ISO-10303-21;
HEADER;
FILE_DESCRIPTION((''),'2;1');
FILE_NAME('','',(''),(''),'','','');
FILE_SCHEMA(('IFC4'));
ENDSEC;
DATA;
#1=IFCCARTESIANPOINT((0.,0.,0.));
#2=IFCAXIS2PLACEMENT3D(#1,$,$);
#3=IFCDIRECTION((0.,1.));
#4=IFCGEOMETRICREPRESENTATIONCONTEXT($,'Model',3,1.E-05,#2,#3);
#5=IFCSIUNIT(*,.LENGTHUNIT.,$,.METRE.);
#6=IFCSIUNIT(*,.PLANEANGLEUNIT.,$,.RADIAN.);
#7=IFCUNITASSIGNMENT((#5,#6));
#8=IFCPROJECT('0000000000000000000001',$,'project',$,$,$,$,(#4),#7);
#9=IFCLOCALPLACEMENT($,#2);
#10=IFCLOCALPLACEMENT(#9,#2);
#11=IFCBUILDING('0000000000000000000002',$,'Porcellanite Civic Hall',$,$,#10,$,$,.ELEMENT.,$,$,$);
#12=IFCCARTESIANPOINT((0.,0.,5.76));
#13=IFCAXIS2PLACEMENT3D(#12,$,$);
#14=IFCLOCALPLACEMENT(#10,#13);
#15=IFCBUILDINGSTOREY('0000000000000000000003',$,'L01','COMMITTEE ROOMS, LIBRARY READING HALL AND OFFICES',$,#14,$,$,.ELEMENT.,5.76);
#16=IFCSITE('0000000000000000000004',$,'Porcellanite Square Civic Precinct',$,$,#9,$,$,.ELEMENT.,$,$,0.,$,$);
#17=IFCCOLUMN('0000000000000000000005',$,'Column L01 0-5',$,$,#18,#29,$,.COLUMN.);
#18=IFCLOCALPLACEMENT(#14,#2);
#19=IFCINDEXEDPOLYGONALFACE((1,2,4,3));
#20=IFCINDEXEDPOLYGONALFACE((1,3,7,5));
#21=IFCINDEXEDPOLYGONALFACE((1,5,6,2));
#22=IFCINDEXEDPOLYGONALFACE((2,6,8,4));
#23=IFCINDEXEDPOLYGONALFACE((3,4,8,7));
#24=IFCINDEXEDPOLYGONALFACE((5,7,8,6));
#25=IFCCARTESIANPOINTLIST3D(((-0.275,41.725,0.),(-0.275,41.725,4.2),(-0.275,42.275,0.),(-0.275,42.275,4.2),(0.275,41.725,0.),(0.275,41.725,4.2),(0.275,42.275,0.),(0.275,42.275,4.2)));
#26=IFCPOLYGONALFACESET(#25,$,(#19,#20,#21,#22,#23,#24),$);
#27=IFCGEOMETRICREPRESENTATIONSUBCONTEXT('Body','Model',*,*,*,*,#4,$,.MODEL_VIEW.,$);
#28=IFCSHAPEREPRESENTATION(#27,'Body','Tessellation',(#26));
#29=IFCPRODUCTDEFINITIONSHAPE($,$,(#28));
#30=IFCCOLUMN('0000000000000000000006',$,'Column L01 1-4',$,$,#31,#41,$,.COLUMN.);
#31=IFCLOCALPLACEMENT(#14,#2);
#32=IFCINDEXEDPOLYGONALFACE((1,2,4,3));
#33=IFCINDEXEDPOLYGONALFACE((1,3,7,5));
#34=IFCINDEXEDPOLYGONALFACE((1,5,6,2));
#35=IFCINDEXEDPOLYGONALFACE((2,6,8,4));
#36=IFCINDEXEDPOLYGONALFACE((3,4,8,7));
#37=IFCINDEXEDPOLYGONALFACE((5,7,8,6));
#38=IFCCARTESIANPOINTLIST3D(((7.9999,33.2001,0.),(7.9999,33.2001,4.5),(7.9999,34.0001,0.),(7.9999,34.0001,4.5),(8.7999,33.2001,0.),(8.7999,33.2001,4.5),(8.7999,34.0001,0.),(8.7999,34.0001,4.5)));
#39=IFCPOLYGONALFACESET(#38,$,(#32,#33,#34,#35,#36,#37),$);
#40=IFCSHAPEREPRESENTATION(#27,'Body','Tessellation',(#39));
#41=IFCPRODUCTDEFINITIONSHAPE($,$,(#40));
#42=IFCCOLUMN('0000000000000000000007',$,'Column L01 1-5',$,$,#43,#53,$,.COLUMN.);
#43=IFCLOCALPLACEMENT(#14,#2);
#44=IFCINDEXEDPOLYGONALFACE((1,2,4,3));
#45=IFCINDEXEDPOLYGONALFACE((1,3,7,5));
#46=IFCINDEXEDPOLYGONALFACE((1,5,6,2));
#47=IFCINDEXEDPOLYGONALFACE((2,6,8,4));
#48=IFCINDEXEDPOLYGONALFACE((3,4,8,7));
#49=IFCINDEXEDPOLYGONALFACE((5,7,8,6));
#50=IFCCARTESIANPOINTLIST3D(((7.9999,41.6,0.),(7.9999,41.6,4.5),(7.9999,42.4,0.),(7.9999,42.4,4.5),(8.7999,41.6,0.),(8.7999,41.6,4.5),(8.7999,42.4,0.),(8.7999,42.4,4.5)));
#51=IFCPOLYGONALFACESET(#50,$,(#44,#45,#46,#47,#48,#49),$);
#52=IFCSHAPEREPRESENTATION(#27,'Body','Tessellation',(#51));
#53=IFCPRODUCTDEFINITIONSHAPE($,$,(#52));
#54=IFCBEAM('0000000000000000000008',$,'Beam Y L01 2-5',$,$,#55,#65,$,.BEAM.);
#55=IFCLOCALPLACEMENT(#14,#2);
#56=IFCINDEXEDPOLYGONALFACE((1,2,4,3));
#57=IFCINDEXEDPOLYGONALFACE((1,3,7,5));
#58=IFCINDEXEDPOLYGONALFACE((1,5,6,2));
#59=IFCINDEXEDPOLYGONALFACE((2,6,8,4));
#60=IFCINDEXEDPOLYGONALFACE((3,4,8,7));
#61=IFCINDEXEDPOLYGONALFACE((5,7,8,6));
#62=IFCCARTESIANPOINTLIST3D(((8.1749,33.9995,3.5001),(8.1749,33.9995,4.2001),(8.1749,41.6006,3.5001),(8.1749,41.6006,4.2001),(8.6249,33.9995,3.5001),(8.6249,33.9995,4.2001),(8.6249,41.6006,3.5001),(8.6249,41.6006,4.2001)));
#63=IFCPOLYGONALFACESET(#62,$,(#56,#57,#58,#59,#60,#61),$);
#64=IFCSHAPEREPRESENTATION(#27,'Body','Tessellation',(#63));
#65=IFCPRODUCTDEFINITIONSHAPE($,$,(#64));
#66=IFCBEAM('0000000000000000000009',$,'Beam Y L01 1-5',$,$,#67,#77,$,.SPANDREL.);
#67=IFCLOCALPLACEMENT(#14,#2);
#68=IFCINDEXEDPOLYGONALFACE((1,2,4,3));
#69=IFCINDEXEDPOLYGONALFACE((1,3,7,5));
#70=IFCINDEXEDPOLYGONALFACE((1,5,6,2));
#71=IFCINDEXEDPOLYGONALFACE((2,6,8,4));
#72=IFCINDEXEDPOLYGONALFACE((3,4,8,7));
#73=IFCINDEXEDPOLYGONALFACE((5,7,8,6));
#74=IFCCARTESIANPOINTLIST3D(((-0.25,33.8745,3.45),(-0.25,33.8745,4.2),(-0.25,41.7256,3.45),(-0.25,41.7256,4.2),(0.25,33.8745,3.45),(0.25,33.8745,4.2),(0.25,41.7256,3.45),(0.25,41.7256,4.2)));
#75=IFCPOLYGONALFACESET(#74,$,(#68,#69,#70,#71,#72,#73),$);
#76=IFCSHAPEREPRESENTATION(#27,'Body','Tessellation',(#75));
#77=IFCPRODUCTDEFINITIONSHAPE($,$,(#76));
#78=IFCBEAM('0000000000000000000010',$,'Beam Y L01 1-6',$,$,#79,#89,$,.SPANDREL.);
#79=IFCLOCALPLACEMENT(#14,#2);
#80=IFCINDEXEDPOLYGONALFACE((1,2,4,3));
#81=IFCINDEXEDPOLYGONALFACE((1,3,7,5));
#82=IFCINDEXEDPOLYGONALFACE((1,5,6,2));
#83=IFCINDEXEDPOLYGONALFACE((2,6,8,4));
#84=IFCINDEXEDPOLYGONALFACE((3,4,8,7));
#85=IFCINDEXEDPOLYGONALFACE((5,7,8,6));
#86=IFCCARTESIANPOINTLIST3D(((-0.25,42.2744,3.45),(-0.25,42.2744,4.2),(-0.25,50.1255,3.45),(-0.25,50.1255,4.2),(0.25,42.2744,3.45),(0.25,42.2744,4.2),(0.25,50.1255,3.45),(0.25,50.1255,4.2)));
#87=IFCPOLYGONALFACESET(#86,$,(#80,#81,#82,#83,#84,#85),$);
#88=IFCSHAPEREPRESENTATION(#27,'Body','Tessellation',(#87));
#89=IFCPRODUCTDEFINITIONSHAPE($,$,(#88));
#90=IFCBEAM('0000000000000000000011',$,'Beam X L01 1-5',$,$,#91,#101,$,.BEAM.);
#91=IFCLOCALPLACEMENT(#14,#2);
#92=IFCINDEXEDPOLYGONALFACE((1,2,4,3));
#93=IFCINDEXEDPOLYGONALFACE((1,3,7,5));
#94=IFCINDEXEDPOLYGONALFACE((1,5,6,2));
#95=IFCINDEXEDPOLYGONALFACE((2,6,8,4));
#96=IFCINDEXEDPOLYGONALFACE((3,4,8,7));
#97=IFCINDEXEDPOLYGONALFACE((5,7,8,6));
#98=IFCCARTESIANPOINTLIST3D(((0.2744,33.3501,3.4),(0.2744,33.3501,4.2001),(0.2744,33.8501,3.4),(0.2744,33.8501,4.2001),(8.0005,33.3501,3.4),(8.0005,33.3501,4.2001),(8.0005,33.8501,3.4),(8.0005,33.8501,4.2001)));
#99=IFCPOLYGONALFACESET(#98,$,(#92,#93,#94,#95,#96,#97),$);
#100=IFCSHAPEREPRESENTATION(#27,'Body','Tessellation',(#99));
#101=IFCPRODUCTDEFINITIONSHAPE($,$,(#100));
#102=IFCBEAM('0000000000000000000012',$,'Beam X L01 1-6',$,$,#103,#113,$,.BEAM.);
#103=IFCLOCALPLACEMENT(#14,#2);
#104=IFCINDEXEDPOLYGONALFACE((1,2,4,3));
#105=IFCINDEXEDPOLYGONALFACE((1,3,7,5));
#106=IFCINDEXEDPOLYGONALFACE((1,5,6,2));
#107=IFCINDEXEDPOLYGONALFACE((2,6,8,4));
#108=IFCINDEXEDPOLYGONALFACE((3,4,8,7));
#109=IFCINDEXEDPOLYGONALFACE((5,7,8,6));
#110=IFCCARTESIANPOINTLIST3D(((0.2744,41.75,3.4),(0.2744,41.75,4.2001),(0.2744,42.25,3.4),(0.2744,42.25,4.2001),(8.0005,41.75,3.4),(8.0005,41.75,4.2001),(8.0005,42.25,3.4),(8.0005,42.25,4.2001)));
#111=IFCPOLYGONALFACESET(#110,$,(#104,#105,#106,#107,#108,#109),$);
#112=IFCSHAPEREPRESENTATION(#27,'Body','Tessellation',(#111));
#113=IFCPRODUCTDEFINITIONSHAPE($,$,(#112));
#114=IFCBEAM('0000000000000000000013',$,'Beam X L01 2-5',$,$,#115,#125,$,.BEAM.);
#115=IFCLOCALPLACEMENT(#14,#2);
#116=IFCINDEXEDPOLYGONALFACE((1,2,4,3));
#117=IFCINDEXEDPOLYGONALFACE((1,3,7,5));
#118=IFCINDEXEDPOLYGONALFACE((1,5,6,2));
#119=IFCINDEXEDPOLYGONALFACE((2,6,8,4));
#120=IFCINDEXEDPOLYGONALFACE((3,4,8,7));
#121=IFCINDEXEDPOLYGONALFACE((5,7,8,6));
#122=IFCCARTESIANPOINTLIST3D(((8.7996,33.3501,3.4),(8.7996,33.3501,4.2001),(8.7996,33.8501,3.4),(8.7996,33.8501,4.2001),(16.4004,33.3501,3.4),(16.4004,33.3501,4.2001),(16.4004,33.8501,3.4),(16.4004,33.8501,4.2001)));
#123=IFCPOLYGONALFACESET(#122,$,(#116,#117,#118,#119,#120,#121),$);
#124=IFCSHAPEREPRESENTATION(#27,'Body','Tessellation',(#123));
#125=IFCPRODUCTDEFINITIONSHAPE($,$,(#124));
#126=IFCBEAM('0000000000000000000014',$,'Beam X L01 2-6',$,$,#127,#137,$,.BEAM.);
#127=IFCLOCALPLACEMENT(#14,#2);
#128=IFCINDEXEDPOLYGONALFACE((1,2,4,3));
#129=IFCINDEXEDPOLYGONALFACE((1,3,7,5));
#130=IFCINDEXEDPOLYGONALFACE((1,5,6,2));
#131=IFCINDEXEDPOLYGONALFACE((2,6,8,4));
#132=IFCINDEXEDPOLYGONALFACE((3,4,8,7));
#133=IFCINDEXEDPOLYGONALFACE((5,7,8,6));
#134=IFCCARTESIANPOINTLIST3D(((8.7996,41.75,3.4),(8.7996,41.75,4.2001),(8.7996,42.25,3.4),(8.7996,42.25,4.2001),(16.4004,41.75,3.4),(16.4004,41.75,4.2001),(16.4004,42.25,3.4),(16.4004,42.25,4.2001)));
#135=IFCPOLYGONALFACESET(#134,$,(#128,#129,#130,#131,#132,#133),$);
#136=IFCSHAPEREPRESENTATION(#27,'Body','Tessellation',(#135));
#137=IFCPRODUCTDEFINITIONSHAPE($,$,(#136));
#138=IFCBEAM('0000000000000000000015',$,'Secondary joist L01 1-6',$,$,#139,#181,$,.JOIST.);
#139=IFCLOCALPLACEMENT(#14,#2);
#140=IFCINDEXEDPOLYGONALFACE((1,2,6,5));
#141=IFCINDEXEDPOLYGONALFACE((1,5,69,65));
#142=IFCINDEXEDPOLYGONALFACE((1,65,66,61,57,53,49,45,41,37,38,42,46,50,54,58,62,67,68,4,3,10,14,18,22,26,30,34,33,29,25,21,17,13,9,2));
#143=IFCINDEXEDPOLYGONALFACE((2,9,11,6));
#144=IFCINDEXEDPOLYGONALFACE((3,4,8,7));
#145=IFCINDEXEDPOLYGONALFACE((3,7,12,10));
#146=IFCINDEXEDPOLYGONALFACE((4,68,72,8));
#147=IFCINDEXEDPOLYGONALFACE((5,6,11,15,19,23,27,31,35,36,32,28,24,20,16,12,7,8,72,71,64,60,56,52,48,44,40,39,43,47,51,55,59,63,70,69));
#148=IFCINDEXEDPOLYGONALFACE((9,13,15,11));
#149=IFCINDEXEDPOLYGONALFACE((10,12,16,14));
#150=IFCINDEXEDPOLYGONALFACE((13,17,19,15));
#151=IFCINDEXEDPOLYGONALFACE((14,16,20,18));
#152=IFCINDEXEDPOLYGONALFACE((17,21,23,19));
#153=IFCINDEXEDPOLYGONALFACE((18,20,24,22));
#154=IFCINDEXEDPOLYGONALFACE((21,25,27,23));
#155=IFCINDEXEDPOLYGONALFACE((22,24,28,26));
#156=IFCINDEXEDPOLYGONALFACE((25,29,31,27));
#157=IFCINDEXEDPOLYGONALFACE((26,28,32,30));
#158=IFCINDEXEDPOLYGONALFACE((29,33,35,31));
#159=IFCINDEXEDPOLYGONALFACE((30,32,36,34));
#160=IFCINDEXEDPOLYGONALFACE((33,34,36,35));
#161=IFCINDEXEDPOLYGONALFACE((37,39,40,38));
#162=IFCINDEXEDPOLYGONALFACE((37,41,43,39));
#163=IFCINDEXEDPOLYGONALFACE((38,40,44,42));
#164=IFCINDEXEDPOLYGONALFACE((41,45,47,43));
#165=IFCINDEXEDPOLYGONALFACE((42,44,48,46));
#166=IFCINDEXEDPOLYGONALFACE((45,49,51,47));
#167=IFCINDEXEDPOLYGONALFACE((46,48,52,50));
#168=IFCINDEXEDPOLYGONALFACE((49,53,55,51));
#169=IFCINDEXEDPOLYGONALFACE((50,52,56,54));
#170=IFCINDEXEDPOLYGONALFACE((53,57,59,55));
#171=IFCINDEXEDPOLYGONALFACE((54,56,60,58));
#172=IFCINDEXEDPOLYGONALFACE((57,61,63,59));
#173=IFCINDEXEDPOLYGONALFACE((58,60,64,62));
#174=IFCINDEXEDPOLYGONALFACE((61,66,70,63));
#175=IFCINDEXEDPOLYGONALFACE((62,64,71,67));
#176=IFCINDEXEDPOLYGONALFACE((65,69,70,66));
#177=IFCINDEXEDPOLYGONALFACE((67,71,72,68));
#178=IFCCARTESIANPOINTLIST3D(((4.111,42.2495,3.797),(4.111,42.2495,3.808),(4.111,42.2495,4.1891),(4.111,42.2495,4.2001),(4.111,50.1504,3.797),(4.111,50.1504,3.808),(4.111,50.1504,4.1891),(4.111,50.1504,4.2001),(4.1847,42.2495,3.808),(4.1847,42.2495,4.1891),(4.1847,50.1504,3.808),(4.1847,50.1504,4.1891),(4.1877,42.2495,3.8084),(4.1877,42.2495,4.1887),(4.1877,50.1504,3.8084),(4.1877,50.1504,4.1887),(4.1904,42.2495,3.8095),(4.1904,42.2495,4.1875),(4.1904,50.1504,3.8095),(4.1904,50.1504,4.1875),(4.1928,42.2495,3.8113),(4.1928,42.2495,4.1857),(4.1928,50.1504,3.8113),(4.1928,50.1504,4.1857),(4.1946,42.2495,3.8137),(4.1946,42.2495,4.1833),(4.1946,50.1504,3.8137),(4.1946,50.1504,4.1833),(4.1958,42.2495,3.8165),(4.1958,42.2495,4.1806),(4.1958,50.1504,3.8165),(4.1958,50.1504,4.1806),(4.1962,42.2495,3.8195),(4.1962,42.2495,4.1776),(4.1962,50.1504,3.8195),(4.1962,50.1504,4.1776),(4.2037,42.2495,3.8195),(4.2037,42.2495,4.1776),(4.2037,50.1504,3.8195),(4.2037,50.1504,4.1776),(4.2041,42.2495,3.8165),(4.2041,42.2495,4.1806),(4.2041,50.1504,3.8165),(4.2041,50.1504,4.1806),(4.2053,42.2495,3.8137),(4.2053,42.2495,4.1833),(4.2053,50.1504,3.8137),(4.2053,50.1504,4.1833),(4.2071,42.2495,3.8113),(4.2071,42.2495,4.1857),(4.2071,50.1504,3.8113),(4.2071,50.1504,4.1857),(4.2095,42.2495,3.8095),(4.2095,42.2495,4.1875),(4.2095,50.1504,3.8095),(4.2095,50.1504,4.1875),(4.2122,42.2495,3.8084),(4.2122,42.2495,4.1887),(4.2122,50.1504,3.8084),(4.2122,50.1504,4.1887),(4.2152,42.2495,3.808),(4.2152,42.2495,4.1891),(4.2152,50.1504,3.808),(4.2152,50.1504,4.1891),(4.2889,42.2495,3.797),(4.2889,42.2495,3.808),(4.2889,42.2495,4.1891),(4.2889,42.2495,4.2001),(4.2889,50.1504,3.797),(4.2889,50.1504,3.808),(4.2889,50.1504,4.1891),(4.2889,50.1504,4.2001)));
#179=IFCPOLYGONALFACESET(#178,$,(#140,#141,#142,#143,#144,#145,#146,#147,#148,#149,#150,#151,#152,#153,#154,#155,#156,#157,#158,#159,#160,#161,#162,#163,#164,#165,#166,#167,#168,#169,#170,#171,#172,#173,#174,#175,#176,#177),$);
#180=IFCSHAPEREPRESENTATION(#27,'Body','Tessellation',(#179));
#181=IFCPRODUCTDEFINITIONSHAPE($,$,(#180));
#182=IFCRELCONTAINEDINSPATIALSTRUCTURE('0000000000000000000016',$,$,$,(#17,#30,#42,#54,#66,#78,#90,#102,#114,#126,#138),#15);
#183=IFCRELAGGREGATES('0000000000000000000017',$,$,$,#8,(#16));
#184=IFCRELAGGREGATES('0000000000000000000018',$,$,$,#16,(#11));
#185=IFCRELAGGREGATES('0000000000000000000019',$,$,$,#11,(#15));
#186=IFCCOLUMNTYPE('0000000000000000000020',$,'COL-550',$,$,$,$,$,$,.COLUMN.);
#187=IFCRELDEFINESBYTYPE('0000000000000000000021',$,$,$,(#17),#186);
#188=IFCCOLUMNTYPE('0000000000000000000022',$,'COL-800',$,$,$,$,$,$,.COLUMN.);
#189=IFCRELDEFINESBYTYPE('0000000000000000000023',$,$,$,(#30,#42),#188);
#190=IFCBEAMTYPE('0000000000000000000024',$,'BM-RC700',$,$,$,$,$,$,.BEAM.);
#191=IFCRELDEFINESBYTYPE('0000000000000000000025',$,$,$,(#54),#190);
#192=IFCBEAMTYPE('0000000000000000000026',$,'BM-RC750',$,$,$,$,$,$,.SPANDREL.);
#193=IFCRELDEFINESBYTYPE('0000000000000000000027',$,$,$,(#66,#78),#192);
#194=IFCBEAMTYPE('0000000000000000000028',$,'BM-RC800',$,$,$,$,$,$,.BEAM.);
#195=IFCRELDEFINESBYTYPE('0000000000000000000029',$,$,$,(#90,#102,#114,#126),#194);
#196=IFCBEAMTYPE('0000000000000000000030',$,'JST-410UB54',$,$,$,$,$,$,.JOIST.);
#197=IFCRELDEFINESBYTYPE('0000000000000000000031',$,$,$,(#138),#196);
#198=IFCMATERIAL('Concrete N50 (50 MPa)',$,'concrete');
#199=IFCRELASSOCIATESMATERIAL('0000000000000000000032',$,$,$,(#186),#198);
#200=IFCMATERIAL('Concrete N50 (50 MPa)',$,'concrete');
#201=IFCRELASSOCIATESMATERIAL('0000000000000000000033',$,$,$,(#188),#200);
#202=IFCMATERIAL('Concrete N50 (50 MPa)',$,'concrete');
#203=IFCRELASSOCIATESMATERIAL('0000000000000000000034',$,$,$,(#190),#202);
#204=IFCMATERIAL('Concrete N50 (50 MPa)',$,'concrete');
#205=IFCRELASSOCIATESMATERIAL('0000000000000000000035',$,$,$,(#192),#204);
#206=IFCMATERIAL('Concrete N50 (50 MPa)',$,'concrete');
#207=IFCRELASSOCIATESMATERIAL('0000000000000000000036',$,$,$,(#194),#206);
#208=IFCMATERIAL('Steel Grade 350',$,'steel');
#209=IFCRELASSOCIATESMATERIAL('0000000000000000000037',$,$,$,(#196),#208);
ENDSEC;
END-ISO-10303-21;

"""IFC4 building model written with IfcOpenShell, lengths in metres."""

from ifc_helpers import new_model, si_unit, direction, frame, origin, origin_2d, place, context, subcontext, project, spatial, rectangle, i_section, extrude, material, material_profile, profile_set, type_object, element, save


model = new_model("IFC4")

# Units and contexts
model_context = context("Model", 3, precision=1e-05, world=origin(), true_north=direction((0.0, 1.0)))
body_context = subcontext(model_context, "Body", "Model", "MODEL_VIEW")
ifc_project = project(units=[si_unit("LENGTHUNIT", "METRE"), si_unit("PLANEANGLEUNIT", "RADIAN")], contexts=[model_context])

# Site, building, storey
site_placement = place(None, origin())
site = spatial("IfcSite", under=ifc_project, at=site_placement, Name="Porcellanite Square Civic Precinct", CompositionType="ELEMENT", RefElevation=0.0)
building_placement = place(site_placement, origin())
building = spatial("IfcBuilding", under=site, at=building_placement, Name="Porcellanite Civic Hall", CompositionType="ELEMENT")
storey_placement = place(building_placement, frame((0.0, 0.0, 5.76)))
storey = spatial("IfcBuildingStorey", under=building, at=storey_placement, Name="L01", Description="COMMITTEE ROOMS, LIBRARY READING HALL AND OFFICES", CompositionType="ELEMENT", Elevation=5.76)

# Columns
ifc_material_1 = material(Name="Concrete N50 (50 MPa)", Category="concrete")
ifc_material_profile_1 = material_profile(ifc_material_1, rectangle(XDim=0.55, YDim=0.55, at=origin_2d()), Name="RC-550x550")
ifc_profile_set_1 = profile_set([ifc_material_profile_1], Name="Concrete N50 (50 MPa)")
column_type_1 = type_object("IfcColumnType", Name="COL-550", PredefinedType="COLUMN", material=ifc_profile_set_1)
column_placement = place(storey_placement, frame((0.0, 42.0, 0.0), z_axis=(0.0, 0.0, 1.0), x_axis=(1.0, 0.0, 0.0)))
element("IfcColumn", 1, at=column_placement, inside=storey, type_object=column_type_1, Name="Column L01 0-5", PredefinedType="COLUMN", context=body_context, shape_type="SweptSolid", body=[
    extrude(rectangle(XDim=0.55, YDim=0.55, at=origin_2d()), origin(), (0.0, 0.0, 1.0), 4.2),
])
ifc_material_2 = material(Name="Concrete N50 (50 MPa)", Category="concrete")
ifc_material_profile_2 = material_profile(ifc_material_2, rectangle(XDim=0.8, YDim=0.8, at=origin_2d()), Name="RC-800x800")
ifc_profile_set_2 = profile_set([ifc_material_profile_2], Name="Concrete N50 (50 MPa)")
column_type_2 = type_object("IfcColumnType", Name="COL-800", PredefinedType="COLUMN", material=ifc_profile_set_2)
for number, where, z_axis, x_axis, name in (
    (2, (8.3999, 33.6001, 0.0), (0.0, 0.0, 1.0), (1.0, 0.0, 0.0), "Column L01 1-4"),
    (3, (8.3999, 42.0, 0.0), (0.0, 0.0, 1.0), (1.0, 0.0, 0.0), "Column L01 1-5"),
):
    element("IfcColumn", number, at=place(storey_placement, frame(where, z_axis=z_axis, x_axis=x_axis)), inside=storey, type_object=column_type_2, Name=name, PredefinedType="COLUMN", context=body_context, shape_type="SweptSolid", body=[
        extrude(rectangle(XDim=0.8, YDim=0.8, at=origin_2d()), origin(), (0.0, 0.0, 1.0), 4.5),
    ])

# Beams
ifc_material_3 = material(Name="Concrete N50 (50 MPa)", Category="concrete")
ifc_material_profile_3 = material_profile(ifc_material_3, rectangle(XDim=0.45, YDim=0.7, at=origin_2d()), Name="RC-450x700")
ifc_profile_set_3 = profile_set([ifc_material_profile_3], Name="Concrete N50 (50 MPa)")
beam_type_1 = type_object("IfcBeamType", Name="BM-RC700", PredefinedType="BEAM", material=ifc_profile_set_3)
beam_1_placement = place(storey_placement, frame((8.3999, 33.9995, 3.8501), z_axis=(0.0, 1.0, 0.0), x_axis=(-1.0, 0.0, 0.0)))
element("IfcBeam", 4, at=beam_1_placement, inside=storey, type_object=beam_type_1, Name="Beam Y L01 2-5", PredefinedType="BEAM", context=body_context, shape_type="SweptSolid", body=[
    extrude(rectangle(XDim=0.45, YDim=0.7, at=origin_2d()), origin(), (0.0, 0.0, 1.0), 7.6011),
])
ifc_material_4 = material(Name="Concrete N50 (50 MPa)", Category="concrete")
ifc_material_profile_4 = material_profile(ifc_material_4, rectangle(XDim=0.5, YDim=0.75, at=origin_2d()), Name="RC-500x750")
ifc_profile_set_4 = profile_set([ifc_material_profile_4], Name="Concrete N50 (50 MPa)")
beam_type_2 = type_object("IfcBeamType", Name="BM-RC750", PredefinedType="SPANDREL", material=ifc_profile_set_4)
for number, where, z_axis, x_axis, name in (
    (5, (0.0, 33.8745, 3.825), (0.0, 1.0, 0.0), (-1.0, 0.0, 0.0), "Beam Y L01 1-5"),
    (6, (0.0, 42.2744, 3.825), (0.0, 1.0, 0.0), (-1.0, 0.0, 0.0), "Beam Y L01 1-6"),
):
    element("IfcBeam", number, at=place(storey_placement, frame(where, z_axis=z_axis, x_axis=x_axis)), inside=storey, type_object=beam_type_2, Name=name, PredefinedType="SPANDREL", context=body_context, shape_type="SweptSolid", body=[
        extrude(rectangle(XDim=0.5, YDim=0.75, at=origin_2d()), origin(), (0.0, 0.0, 1.0), 7.8511),
    ])
ifc_material_5 = material(Name="Concrete N50 (50 MPa)", Category="concrete")
ifc_material_profile_5 = material_profile(ifc_material_5, rectangle(XDim=0.5, YDim=0.8, at=origin_2d()), Name="RC-500x800")
ifc_profile_set_5 = profile_set([ifc_material_profile_5], Name="Concrete N50 (50 MPa)")
beam_type_3 = type_object("IfcBeamType", Name="BM-RC800", PredefinedType="BEAM", material=ifc_profile_set_5)
for number, where, z_axis, x_axis, name in (
    (7, (0.2744, 33.6001, 3.8), (1.0, 0.0, 0.0), (0.0, 1.0, 0.0), "Beam X L01 1-5"),
    (8, (0.2744, 42.0, 3.8), (1.0, 0.0, 0.0), (0.0, 1.0, 0.0), "Beam X L01 1-6"),
):
    element("IfcBeam", number, at=place(storey_placement, frame(where, z_axis=z_axis, x_axis=x_axis)), inside=storey, type_object=beam_type_3, Name=name, PredefinedType="BEAM", context=body_context, shape_type="SweptSolid", body=[
        extrude(rectangle(XDim=0.5, YDim=0.8, at=origin_2d()), origin(), (0.0, 0.0, 1.0), 7.7261),
    ])
for number, where, z_axis, x_axis, name in (
    (9, (8.7996, 33.6001, 3.8), (1.0, 0.0, 0.0), (0.0, 1.0, 0.0), "Beam X L01 2-5"),
    (10, (8.7996, 42.0, 3.8), (1.0, 0.0, 0.0), (0.0, 1.0, 0.0), "Beam X L01 2-6"),
):
    element("IfcBeam", number, at=place(storey_placement, frame(where, z_axis=z_axis, x_axis=x_axis)), inside=storey, type_object=beam_type_3, Name=name, PredefinedType="BEAM", context=body_context, shape_type="SweptSolid", body=[
        extrude(rectangle(XDim=0.5, YDim=0.8, at=origin_2d()), origin(), (0.0, 0.0, 1.0), 7.6008),
    ])
ifc_material_6 = material(Name="Steel Grade 350", Category="steel")
ifc_material_profile_6 = material_profile(ifc_material_6, i_section(OverallWidth=0.178, OverallDepth=0.4031, WebThickness=0.0076, FlangeThickness=0.011, FilletRadius=0.0115, at=origin_2d()), Name="410UB53.7")
ifc_profile_set_6 = profile_set([ifc_material_profile_6], Name="Steel Grade 350")
beam_type_4 = type_object("IfcBeamType", Name="JST-410UB54", PredefinedType="JOIST", material=ifc_profile_set_6)
beam_2_placement = place(storey_placement, frame((4.2, 42.2495, 3.9985), z_axis=(0.0, 1.0, 0.0), x_axis=(-1.0, 0.0, 0.0)))
element("IfcBeam", 11, at=beam_2_placement, inside=storey, type_object=beam_type_4, Name="Secondary joist L01 1-6", PredefinedType="JOIST", context=body_context, shape_type="SweptSolid", body=[
    extrude(i_section(OverallWidth=0.178, OverallDepth=0.4031, WebThickness=0.0076, FlangeThickness=0.011, FilletRadius=0.0115, at=origin_2d()), origin(), (0.0, 0.0, 1.0), 7.9009),
])

save(model, "model.ifc")
